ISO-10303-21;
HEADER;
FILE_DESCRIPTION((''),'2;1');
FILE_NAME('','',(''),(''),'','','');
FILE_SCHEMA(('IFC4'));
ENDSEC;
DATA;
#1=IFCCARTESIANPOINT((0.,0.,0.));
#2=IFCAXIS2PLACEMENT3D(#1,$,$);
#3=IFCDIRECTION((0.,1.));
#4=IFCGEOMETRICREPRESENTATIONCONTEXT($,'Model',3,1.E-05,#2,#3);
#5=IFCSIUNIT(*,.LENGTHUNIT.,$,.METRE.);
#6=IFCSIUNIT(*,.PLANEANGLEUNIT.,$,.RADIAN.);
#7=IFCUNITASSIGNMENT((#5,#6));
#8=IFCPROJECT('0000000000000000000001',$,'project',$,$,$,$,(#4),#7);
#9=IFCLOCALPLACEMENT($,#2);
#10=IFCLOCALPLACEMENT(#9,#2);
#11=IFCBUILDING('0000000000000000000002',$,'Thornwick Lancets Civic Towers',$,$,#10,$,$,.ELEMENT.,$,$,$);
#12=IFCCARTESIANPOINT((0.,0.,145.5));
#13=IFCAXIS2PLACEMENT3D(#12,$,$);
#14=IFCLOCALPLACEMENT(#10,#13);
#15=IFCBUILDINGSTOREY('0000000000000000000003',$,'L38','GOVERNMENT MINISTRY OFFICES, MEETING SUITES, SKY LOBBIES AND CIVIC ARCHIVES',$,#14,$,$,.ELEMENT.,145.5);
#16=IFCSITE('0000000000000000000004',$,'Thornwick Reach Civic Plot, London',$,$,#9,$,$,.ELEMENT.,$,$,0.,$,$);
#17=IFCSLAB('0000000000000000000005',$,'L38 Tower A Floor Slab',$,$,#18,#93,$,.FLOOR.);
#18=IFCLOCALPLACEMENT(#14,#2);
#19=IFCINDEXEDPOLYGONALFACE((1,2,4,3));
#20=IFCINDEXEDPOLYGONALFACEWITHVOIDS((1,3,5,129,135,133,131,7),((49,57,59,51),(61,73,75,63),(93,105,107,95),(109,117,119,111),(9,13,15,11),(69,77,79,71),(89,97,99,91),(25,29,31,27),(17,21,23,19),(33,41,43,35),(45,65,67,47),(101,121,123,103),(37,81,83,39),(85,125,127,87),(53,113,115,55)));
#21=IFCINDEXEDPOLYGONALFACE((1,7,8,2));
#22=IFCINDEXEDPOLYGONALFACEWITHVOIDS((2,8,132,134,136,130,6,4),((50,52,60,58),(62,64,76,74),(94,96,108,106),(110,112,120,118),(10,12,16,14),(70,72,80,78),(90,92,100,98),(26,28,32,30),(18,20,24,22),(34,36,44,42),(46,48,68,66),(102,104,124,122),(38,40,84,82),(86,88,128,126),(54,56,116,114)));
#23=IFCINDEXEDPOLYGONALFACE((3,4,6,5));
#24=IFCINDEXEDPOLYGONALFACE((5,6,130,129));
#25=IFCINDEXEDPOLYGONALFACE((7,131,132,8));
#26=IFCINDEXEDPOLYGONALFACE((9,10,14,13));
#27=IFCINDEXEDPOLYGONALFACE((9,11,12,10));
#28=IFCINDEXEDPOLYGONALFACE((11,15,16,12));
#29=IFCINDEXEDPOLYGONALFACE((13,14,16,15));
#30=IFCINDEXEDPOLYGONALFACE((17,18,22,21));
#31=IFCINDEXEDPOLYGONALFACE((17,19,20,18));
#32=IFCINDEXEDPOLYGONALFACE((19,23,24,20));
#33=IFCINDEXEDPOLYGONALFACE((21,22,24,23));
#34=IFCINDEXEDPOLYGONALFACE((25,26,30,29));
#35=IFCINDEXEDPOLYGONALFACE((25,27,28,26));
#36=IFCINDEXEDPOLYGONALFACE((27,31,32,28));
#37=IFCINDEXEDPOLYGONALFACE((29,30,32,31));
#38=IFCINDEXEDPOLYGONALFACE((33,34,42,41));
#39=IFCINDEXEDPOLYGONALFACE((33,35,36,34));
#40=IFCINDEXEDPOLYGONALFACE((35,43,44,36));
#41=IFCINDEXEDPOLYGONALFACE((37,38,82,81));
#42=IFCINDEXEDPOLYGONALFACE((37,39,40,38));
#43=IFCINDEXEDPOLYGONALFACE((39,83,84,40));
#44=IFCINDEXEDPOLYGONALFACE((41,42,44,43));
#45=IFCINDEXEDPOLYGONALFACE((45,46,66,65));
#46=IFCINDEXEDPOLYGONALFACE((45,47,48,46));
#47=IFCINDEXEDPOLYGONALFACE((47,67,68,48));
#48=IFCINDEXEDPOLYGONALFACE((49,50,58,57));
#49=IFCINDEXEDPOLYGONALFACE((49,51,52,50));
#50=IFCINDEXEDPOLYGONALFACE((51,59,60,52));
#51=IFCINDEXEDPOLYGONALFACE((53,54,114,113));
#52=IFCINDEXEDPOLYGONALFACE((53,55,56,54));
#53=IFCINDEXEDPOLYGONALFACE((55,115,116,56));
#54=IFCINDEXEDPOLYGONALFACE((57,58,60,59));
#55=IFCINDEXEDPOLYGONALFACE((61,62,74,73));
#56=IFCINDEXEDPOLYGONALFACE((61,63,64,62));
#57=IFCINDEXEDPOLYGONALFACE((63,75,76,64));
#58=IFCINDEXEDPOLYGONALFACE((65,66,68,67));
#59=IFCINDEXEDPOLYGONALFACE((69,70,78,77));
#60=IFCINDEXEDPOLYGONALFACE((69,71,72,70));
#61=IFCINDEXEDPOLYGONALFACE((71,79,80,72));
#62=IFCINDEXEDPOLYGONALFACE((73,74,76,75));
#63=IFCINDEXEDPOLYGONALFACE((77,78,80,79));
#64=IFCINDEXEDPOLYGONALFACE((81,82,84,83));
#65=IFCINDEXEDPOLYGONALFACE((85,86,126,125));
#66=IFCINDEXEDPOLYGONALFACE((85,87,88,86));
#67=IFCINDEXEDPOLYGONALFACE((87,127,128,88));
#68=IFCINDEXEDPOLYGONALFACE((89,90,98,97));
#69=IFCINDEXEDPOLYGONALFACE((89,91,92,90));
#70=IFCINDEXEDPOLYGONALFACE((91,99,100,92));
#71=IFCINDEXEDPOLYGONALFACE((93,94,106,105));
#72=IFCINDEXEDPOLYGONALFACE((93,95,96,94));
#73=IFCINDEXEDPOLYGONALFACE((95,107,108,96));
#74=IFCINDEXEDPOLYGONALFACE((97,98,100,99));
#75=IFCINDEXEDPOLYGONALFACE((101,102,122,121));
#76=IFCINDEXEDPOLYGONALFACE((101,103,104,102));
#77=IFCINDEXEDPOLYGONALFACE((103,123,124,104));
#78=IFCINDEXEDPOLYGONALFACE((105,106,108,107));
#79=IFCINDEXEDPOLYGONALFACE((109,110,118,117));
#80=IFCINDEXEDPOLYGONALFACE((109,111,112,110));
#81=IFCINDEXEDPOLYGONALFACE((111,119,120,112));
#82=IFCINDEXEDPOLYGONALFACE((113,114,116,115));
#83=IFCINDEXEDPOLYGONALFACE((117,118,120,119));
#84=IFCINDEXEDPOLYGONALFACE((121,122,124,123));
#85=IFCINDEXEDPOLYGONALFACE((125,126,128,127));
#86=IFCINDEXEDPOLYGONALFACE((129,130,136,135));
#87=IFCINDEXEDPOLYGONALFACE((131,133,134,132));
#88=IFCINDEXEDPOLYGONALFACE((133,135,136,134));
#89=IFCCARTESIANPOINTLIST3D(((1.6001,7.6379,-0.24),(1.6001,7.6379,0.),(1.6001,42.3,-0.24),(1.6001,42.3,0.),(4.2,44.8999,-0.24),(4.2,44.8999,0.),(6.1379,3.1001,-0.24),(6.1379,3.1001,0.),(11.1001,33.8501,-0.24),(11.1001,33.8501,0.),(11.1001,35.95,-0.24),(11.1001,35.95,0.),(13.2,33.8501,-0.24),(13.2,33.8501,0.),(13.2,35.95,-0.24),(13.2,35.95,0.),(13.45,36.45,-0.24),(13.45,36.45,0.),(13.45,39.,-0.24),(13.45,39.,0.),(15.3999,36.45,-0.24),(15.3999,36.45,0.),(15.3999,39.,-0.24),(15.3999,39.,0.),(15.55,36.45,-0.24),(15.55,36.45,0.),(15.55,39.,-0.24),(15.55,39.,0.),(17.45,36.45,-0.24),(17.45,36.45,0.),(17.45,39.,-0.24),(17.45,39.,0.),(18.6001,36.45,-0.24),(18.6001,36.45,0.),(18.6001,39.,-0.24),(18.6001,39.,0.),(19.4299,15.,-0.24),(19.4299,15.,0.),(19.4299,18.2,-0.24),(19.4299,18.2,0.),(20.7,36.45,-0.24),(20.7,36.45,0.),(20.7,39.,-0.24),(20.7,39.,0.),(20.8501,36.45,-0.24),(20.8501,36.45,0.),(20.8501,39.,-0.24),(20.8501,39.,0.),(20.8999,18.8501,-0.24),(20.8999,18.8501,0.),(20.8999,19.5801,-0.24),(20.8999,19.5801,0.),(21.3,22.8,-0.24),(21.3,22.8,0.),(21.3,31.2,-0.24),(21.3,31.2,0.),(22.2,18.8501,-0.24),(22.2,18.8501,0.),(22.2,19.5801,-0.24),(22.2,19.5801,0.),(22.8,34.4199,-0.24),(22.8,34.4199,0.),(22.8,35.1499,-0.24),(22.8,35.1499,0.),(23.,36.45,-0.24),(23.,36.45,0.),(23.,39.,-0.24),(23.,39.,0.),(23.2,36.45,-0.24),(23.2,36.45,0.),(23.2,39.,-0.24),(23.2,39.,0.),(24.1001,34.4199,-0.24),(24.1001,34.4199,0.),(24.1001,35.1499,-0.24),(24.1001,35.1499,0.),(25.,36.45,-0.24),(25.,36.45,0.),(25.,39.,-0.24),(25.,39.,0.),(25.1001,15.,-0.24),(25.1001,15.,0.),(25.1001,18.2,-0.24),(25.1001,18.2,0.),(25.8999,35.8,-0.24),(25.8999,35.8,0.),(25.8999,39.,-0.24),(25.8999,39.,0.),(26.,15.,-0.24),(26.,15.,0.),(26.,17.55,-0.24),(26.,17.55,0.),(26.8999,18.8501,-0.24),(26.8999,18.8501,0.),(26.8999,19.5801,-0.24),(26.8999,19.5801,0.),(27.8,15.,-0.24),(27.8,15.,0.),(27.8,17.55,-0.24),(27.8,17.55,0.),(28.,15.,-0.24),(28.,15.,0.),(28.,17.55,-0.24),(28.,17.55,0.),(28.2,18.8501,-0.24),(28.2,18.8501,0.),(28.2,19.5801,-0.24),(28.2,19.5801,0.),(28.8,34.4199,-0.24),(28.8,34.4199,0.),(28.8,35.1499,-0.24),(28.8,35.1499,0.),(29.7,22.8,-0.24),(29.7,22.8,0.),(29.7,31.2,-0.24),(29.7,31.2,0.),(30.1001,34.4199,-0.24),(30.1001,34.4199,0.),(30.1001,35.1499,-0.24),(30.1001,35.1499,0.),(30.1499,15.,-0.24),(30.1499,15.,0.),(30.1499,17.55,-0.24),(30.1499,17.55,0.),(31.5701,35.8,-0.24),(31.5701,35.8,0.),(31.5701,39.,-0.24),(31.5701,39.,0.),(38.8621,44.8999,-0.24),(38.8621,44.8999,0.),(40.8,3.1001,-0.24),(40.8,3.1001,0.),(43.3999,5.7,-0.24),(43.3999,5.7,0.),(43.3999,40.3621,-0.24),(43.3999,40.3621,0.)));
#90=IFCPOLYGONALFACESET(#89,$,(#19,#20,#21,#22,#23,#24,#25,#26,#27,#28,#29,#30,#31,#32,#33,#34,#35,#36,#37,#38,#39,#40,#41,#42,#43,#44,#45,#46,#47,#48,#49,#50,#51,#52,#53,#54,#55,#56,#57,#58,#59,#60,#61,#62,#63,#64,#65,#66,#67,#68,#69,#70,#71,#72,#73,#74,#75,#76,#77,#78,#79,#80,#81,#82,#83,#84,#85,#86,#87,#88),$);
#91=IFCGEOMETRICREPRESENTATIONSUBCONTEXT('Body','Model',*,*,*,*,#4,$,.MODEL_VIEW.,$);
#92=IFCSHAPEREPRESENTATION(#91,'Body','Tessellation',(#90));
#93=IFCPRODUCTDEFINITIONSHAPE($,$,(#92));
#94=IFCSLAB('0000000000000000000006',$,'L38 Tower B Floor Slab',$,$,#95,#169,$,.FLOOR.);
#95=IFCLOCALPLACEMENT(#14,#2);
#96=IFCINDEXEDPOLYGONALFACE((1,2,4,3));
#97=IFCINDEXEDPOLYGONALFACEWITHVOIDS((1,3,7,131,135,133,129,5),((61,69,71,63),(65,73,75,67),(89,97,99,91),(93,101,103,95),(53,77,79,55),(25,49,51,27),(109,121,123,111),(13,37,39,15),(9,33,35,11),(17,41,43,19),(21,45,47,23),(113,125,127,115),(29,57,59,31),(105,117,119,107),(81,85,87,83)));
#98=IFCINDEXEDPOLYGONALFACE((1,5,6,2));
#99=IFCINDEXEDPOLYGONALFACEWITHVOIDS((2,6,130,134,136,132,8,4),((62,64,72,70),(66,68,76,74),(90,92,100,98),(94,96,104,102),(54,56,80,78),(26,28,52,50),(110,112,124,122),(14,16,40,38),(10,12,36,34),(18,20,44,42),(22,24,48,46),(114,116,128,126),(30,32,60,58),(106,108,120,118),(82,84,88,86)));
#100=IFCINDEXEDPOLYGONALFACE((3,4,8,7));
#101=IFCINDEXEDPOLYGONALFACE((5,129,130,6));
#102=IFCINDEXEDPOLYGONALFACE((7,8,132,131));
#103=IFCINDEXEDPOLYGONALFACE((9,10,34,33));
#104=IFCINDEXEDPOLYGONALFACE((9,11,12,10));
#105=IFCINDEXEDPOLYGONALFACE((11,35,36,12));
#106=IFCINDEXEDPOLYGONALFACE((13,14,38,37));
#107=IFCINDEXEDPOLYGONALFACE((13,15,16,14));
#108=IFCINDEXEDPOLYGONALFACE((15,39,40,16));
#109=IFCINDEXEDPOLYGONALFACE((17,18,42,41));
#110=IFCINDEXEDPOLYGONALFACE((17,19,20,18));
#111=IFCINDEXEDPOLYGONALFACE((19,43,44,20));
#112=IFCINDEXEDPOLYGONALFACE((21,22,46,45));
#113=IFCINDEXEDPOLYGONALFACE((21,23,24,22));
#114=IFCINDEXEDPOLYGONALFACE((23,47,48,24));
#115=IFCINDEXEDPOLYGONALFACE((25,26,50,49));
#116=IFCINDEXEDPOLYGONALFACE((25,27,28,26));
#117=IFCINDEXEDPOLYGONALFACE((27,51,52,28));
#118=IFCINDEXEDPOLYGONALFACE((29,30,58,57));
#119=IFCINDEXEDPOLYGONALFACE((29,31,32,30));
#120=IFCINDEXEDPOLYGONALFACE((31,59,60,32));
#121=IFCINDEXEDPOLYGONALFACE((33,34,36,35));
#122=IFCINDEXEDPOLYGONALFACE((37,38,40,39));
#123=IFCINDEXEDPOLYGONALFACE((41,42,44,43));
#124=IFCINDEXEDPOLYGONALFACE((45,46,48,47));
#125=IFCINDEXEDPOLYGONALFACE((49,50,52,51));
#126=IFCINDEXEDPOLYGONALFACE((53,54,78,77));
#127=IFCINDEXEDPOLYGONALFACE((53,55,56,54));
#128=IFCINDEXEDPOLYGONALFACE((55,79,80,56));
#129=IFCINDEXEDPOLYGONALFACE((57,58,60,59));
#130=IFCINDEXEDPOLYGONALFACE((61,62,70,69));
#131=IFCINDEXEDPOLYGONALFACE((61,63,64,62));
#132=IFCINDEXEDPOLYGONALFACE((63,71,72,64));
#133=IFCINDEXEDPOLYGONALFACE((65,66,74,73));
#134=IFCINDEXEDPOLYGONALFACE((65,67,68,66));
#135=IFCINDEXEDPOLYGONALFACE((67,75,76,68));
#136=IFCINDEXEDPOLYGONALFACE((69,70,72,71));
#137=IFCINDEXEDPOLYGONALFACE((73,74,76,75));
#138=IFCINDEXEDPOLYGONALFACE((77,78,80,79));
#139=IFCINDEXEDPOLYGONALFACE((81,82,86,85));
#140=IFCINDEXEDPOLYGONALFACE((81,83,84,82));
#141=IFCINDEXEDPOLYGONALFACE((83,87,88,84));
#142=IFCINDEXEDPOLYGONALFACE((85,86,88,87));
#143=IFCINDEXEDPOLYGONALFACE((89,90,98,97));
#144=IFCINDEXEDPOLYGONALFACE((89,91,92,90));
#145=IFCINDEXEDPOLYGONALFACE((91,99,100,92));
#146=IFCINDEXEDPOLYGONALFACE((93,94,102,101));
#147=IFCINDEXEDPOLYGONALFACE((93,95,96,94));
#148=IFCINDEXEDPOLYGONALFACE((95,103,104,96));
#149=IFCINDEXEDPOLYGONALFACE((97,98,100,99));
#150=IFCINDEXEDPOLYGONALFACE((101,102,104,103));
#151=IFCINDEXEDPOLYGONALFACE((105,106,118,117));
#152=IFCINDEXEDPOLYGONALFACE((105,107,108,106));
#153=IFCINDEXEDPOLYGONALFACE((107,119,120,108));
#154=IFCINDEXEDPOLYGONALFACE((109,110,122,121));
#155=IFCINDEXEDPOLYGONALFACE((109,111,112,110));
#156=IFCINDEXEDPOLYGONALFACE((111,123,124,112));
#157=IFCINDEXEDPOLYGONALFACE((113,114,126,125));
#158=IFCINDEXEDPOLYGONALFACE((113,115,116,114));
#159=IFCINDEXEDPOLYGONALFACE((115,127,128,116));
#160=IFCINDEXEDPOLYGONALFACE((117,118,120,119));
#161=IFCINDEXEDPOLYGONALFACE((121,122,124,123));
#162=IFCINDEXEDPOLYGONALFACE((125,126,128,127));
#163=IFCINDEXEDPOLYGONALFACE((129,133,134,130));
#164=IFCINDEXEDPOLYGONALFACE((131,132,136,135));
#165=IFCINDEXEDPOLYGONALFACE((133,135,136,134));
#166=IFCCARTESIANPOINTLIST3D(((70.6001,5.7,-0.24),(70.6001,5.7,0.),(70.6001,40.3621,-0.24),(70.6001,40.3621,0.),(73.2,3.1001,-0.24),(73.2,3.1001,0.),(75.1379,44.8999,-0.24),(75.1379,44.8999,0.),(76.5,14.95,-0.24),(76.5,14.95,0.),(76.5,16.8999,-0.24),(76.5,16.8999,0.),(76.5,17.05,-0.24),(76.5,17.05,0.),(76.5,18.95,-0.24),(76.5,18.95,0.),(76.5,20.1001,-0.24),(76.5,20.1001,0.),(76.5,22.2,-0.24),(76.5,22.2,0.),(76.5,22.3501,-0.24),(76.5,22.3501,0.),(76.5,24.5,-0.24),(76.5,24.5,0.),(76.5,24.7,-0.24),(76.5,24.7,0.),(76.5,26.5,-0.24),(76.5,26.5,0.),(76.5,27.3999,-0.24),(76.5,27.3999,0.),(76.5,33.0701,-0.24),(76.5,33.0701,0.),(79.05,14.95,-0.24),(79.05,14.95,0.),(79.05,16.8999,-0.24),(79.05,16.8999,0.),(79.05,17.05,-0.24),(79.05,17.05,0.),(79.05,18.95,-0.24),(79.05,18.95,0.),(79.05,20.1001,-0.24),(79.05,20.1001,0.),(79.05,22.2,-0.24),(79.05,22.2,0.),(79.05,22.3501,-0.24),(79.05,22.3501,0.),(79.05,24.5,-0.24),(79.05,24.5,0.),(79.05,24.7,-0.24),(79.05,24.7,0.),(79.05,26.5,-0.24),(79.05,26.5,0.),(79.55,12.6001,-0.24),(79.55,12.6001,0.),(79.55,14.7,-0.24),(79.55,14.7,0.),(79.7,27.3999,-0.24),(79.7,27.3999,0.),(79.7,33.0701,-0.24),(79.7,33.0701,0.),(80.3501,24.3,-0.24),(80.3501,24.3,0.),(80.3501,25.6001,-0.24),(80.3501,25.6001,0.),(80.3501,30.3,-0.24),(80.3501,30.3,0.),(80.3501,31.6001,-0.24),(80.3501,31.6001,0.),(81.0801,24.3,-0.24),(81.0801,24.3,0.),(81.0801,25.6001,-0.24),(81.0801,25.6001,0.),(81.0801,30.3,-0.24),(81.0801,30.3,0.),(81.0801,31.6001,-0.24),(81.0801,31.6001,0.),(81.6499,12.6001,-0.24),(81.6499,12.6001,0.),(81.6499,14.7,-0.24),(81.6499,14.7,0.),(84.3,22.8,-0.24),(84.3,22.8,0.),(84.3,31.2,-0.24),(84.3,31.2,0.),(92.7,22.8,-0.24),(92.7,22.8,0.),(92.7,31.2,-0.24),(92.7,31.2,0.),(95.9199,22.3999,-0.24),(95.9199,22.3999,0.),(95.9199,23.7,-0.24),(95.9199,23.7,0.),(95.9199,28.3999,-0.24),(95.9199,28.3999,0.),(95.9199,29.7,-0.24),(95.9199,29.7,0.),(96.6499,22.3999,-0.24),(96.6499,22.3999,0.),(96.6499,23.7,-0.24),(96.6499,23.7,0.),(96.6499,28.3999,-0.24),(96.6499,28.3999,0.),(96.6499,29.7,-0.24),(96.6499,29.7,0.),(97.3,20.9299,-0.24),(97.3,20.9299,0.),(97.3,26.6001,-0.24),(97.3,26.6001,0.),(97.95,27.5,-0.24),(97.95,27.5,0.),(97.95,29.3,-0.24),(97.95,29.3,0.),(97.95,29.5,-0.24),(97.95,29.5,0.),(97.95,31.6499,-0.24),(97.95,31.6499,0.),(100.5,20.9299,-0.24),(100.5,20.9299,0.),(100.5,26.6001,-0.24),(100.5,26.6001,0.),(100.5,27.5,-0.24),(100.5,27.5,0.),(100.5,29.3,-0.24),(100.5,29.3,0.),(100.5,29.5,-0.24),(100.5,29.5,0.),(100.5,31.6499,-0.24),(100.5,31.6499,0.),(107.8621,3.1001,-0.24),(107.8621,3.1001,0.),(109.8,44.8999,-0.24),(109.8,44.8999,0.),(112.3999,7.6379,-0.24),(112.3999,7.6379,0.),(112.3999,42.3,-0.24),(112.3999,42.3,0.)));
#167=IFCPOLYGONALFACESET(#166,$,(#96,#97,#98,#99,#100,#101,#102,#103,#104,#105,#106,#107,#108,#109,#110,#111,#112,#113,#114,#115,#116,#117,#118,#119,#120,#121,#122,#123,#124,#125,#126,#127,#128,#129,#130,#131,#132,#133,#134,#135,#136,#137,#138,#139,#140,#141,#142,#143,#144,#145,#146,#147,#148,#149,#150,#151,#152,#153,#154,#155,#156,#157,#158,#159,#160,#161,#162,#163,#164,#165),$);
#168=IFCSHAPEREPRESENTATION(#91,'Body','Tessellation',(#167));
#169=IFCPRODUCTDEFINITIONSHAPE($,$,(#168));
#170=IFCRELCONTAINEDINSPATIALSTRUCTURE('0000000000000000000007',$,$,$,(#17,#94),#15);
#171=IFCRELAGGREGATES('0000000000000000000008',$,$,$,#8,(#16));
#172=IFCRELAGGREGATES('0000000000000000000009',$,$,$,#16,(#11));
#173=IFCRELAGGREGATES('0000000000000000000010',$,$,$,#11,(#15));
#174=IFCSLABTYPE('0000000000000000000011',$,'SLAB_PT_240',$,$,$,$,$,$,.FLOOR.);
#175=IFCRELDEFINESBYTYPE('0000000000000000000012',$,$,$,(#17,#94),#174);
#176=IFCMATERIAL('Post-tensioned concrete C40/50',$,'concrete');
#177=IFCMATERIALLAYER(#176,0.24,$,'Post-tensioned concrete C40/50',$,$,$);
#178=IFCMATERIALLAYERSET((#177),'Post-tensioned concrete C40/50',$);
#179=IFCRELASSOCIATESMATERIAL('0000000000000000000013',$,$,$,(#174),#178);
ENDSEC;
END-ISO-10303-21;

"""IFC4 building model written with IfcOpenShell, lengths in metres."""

from ifc_helpers import new_model, si_unit, direction, frame, origin, place, context, subcontext, project, spatial, polyline, outline, extrude, material, layer, layer_set, type_object, element, save


model = new_model("IFC4")

# Units and contexts
model_context = context("Model", 3, precision=1e-05, world=origin(), true_north=direction((0.0, 1.0)))
body_context = subcontext(model_context, "Body", "Model", "MODEL_VIEW")
ifc_project = project(units=[si_unit("LENGTHUNIT", "METRE"), si_unit("PLANEANGLEUNIT", "RADIAN")], contexts=[model_context])

# Site, building, storey
site_placement = place(None, origin())
site = spatial("IfcSite", under=ifc_project, at=site_placement, Name="Thornwick Reach Civic Plot, London", CompositionType="ELEMENT", RefElevation=0.0)
building_placement = place(site_placement, origin())
building = spatial("IfcBuilding", under=site, at=building_placement, Name="Thornwick Lancets Civic Towers", CompositionType="ELEMENT")
storey_placement = place(building_placement, frame((0.0, 0.0, 145.5)))
storey = spatial("IfcBuildingStorey", under=building, at=storey_placement, Name="L38", Description="GOVERNMENT MINISTRY OFFICES, MEETING SUITES, SKY LOBBIES AND CIVIC ARCHIVES", CompositionType="ELEMENT", Elevation=145.5)

# Shared definitions
ifc_material_1 = material(Name="Post-tensioned concrete C40/50", Category="concrete")

# Slabs
ifc_layer_1 = layer(ifc_material_1, 0.24, Name="Post-tensioned concrete C40/50")
ifc_layer_set_1 = layer_set([ifc_layer_1], Name="Post-tensioned concrete C40/50")
slab_type_1 = type_object("IfcSlabType", Name="SLAB_PT_240", PredefinedType="FLOOR", material=ifc_layer_set_1)
slab_1_placement = place(storey_placement, frame((0.0, 0.0, -0.24)))
element("IfcSlab", 1, at=slab_1_placement, inside=storey, type_object=slab_type_1, Name="L38 Tower A Floor Slab", PredefinedType="FLOOR", context=body_context, shape_type="SweptSolid", body=[
    extrude(outline(polyline([(6.1379, 3.1001), (40.8, 3.1001), (43.3999, 5.7), (43.3999, 40.3621), (38.8621, 44.8999), (4.2, 44.8999), (1.6001, 42.3), (1.6001, 7.6379), (6.1379, 3.1001)]), holes=[polyline([(21.3, 22.8), (29.7, 22.8), (29.7, 31.2), (21.3, 31.2), (21.3, 22.8)]), polyline([(19.4299, 15.0), (25.1001, 15.0), (25.1001, 18.2), (19.4299, 18.2), (19.4299, 15.0)]), polyline([(31.5701, 39.0), (25.8999, 39.0), (25.8999, 35.8), (31.5701, 35.8), (31.5701, 39.0)]), polyline([(26.0, 15.0), (27.8, 15.0), (27.8, 17.55), (26.0, 17.55), (26.0, 15.0)]), polyline([(28.0, 15.0), (30.1499, 15.0), (30.1499, 17.55), (28.0, 17.55), (28.0, 15.0)]), polyline([(23.2, 36.45), (25.0, 36.45), (25.0, 39.0), (23.2, 39.0), (23.2, 36.45)]), polyline([(20.8501, 36.45), (23.0, 36.45), (23.0, 39.0), (20.8501, 39.0), (20.8501, 36.45)]), polyline([(18.6001, 36.45), (20.7, 36.45), (20.7, 39.0), (18.6001, 39.0), (18.6001, 36.45)]), polyline([(15.55, 36.45), (17.45, 36.45), (17.45, 39.0), (15.55, 39.0), (15.55, 36.45)]), polyline([(13.45, 36.45), (15.3999, 36.45), (15.3999, 39.0), (13.45, 39.0), (13.45, 36.45)]), polyline([(11.1001, 33.8501), (13.2, 33.8501), (13.2, 35.95), (11.1001, 35.95), (11.1001, 33.8501)]), polyline([(26.8999, 18.8501), (28.2, 18.8501), (28.2, 19.5801), (26.8999, 19.5801), (26.8999, 18.8501)]), polyline([(20.8999, 18.8501), (22.2, 18.8501), (22.2, 19.5801), (20.8999, 19.5801), (20.8999, 18.8501)]), polyline([(22.8, 34.4199), (24.1001, 34.4199), (24.1001, 35.1499), (22.8, 35.1499), (22.8, 34.4199)]), polyline([(28.8, 34.4199), (30.1001, 34.4199), (30.1001, 35.1499), (28.8, 35.1499), (28.8, 34.4199)])]), origin(), (0.0, 0.0, 1.0), 0.24),
])
slab_2_placement = place(storey_placement, frame((0.0, 0.0, -0.24)))
element("IfcSlab", 2, at=slab_2_placement, inside=storey, type_object=slab_type_1, Name="L38 Tower B Floor Slab", PredefinedType="FLOOR", context=body_context, shape_type="SweptSolid", body=[
    extrude(outline(polyline([(73.2, 3.1001), (107.8621, 3.1001), (112.3999, 7.6379), (112.3999, 42.3), (109.8, 44.8999), (75.1379, 44.8999), (70.6001, 40.3621), (70.6001, 5.7), (73.2, 3.1001)]), holes=[polyline([(84.3, 22.8), (92.7, 22.8), (92.7, 31.2), (84.3, 31.2), (84.3, 22.8)]), polyline([(100.5, 20.9299), (100.5, 26.6001), (97.3, 26.6001), (97.3, 20.9299), (100.5, 20.9299)]), polyline([(76.5, 33.0701), (76.5, 27.3999), (79.7, 27.3999), (79.7, 33.0701), (76.5, 33.0701)]), polyline([(97.95, 27.5), (100.5, 27.5), (100.5, 29.3), (97.95, 29.3), (97.95, 27.5)]), polyline([(97.95, 29.5), (100.5, 29.5), (100.5, 31.6499), (97.95, 31.6499), (97.95, 29.5)]), polyline([(76.5, 24.7), (79.05, 24.7), (79.05, 26.5), (76.5, 26.5), (76.5, 24.7)]), polyline([(76.5, 22.3501), (79.05, 22.3501), (79.05, 24.5), (76.5, 24.5), (76.5, 22.3501)]), polyline([(76.5, 20.1001), (79.05, 20.1001), (79.05, 22.2), (76.5, 22.2), (76.5, 20.1001)]), polyline([(76.5, 17.05), (79.05, 17.05), (79.05, 18.95), (76.5, 18.95), (76.5, 17.05)]), polyline([(76.5, 14.95), (79.05, 14.95), (79.05, 16.8999), (76.5, 16.8999), (76.5, 14.95)]), polyline([(79.55, 12.6001), (81.6499, 12.6001), (81.6499, 14.7), (79.55, 14.7), (79.55, 12.6001)]), polyline([(95.9199, 28.3999), (96.6499, 28.3999), (96.6499, 29.7), (95.9199, 29.7), (95.9199, 28.3999)]), polyline([(95.9199, 22.3999), (96.6499, 22.3999), (96.6499, 23.7), (95.9199, 23.7), (95.9199, 22.3999)]), polyline([(80.3501, 24.3), (81.0801, 24.3), (81.0801, 25.6001), (80.3501, 25.6001), (80.3501, 24.3)]), polyline([(80.3501, 30.3), (81.0801, 30.3), (81.0801, 31.6001), (80.3501, 31.6001), (80.3501, 30.3)])]), origin(), (0.0, 0.0, 1.0), 0.24),
])

save(model, "model.ifc")
